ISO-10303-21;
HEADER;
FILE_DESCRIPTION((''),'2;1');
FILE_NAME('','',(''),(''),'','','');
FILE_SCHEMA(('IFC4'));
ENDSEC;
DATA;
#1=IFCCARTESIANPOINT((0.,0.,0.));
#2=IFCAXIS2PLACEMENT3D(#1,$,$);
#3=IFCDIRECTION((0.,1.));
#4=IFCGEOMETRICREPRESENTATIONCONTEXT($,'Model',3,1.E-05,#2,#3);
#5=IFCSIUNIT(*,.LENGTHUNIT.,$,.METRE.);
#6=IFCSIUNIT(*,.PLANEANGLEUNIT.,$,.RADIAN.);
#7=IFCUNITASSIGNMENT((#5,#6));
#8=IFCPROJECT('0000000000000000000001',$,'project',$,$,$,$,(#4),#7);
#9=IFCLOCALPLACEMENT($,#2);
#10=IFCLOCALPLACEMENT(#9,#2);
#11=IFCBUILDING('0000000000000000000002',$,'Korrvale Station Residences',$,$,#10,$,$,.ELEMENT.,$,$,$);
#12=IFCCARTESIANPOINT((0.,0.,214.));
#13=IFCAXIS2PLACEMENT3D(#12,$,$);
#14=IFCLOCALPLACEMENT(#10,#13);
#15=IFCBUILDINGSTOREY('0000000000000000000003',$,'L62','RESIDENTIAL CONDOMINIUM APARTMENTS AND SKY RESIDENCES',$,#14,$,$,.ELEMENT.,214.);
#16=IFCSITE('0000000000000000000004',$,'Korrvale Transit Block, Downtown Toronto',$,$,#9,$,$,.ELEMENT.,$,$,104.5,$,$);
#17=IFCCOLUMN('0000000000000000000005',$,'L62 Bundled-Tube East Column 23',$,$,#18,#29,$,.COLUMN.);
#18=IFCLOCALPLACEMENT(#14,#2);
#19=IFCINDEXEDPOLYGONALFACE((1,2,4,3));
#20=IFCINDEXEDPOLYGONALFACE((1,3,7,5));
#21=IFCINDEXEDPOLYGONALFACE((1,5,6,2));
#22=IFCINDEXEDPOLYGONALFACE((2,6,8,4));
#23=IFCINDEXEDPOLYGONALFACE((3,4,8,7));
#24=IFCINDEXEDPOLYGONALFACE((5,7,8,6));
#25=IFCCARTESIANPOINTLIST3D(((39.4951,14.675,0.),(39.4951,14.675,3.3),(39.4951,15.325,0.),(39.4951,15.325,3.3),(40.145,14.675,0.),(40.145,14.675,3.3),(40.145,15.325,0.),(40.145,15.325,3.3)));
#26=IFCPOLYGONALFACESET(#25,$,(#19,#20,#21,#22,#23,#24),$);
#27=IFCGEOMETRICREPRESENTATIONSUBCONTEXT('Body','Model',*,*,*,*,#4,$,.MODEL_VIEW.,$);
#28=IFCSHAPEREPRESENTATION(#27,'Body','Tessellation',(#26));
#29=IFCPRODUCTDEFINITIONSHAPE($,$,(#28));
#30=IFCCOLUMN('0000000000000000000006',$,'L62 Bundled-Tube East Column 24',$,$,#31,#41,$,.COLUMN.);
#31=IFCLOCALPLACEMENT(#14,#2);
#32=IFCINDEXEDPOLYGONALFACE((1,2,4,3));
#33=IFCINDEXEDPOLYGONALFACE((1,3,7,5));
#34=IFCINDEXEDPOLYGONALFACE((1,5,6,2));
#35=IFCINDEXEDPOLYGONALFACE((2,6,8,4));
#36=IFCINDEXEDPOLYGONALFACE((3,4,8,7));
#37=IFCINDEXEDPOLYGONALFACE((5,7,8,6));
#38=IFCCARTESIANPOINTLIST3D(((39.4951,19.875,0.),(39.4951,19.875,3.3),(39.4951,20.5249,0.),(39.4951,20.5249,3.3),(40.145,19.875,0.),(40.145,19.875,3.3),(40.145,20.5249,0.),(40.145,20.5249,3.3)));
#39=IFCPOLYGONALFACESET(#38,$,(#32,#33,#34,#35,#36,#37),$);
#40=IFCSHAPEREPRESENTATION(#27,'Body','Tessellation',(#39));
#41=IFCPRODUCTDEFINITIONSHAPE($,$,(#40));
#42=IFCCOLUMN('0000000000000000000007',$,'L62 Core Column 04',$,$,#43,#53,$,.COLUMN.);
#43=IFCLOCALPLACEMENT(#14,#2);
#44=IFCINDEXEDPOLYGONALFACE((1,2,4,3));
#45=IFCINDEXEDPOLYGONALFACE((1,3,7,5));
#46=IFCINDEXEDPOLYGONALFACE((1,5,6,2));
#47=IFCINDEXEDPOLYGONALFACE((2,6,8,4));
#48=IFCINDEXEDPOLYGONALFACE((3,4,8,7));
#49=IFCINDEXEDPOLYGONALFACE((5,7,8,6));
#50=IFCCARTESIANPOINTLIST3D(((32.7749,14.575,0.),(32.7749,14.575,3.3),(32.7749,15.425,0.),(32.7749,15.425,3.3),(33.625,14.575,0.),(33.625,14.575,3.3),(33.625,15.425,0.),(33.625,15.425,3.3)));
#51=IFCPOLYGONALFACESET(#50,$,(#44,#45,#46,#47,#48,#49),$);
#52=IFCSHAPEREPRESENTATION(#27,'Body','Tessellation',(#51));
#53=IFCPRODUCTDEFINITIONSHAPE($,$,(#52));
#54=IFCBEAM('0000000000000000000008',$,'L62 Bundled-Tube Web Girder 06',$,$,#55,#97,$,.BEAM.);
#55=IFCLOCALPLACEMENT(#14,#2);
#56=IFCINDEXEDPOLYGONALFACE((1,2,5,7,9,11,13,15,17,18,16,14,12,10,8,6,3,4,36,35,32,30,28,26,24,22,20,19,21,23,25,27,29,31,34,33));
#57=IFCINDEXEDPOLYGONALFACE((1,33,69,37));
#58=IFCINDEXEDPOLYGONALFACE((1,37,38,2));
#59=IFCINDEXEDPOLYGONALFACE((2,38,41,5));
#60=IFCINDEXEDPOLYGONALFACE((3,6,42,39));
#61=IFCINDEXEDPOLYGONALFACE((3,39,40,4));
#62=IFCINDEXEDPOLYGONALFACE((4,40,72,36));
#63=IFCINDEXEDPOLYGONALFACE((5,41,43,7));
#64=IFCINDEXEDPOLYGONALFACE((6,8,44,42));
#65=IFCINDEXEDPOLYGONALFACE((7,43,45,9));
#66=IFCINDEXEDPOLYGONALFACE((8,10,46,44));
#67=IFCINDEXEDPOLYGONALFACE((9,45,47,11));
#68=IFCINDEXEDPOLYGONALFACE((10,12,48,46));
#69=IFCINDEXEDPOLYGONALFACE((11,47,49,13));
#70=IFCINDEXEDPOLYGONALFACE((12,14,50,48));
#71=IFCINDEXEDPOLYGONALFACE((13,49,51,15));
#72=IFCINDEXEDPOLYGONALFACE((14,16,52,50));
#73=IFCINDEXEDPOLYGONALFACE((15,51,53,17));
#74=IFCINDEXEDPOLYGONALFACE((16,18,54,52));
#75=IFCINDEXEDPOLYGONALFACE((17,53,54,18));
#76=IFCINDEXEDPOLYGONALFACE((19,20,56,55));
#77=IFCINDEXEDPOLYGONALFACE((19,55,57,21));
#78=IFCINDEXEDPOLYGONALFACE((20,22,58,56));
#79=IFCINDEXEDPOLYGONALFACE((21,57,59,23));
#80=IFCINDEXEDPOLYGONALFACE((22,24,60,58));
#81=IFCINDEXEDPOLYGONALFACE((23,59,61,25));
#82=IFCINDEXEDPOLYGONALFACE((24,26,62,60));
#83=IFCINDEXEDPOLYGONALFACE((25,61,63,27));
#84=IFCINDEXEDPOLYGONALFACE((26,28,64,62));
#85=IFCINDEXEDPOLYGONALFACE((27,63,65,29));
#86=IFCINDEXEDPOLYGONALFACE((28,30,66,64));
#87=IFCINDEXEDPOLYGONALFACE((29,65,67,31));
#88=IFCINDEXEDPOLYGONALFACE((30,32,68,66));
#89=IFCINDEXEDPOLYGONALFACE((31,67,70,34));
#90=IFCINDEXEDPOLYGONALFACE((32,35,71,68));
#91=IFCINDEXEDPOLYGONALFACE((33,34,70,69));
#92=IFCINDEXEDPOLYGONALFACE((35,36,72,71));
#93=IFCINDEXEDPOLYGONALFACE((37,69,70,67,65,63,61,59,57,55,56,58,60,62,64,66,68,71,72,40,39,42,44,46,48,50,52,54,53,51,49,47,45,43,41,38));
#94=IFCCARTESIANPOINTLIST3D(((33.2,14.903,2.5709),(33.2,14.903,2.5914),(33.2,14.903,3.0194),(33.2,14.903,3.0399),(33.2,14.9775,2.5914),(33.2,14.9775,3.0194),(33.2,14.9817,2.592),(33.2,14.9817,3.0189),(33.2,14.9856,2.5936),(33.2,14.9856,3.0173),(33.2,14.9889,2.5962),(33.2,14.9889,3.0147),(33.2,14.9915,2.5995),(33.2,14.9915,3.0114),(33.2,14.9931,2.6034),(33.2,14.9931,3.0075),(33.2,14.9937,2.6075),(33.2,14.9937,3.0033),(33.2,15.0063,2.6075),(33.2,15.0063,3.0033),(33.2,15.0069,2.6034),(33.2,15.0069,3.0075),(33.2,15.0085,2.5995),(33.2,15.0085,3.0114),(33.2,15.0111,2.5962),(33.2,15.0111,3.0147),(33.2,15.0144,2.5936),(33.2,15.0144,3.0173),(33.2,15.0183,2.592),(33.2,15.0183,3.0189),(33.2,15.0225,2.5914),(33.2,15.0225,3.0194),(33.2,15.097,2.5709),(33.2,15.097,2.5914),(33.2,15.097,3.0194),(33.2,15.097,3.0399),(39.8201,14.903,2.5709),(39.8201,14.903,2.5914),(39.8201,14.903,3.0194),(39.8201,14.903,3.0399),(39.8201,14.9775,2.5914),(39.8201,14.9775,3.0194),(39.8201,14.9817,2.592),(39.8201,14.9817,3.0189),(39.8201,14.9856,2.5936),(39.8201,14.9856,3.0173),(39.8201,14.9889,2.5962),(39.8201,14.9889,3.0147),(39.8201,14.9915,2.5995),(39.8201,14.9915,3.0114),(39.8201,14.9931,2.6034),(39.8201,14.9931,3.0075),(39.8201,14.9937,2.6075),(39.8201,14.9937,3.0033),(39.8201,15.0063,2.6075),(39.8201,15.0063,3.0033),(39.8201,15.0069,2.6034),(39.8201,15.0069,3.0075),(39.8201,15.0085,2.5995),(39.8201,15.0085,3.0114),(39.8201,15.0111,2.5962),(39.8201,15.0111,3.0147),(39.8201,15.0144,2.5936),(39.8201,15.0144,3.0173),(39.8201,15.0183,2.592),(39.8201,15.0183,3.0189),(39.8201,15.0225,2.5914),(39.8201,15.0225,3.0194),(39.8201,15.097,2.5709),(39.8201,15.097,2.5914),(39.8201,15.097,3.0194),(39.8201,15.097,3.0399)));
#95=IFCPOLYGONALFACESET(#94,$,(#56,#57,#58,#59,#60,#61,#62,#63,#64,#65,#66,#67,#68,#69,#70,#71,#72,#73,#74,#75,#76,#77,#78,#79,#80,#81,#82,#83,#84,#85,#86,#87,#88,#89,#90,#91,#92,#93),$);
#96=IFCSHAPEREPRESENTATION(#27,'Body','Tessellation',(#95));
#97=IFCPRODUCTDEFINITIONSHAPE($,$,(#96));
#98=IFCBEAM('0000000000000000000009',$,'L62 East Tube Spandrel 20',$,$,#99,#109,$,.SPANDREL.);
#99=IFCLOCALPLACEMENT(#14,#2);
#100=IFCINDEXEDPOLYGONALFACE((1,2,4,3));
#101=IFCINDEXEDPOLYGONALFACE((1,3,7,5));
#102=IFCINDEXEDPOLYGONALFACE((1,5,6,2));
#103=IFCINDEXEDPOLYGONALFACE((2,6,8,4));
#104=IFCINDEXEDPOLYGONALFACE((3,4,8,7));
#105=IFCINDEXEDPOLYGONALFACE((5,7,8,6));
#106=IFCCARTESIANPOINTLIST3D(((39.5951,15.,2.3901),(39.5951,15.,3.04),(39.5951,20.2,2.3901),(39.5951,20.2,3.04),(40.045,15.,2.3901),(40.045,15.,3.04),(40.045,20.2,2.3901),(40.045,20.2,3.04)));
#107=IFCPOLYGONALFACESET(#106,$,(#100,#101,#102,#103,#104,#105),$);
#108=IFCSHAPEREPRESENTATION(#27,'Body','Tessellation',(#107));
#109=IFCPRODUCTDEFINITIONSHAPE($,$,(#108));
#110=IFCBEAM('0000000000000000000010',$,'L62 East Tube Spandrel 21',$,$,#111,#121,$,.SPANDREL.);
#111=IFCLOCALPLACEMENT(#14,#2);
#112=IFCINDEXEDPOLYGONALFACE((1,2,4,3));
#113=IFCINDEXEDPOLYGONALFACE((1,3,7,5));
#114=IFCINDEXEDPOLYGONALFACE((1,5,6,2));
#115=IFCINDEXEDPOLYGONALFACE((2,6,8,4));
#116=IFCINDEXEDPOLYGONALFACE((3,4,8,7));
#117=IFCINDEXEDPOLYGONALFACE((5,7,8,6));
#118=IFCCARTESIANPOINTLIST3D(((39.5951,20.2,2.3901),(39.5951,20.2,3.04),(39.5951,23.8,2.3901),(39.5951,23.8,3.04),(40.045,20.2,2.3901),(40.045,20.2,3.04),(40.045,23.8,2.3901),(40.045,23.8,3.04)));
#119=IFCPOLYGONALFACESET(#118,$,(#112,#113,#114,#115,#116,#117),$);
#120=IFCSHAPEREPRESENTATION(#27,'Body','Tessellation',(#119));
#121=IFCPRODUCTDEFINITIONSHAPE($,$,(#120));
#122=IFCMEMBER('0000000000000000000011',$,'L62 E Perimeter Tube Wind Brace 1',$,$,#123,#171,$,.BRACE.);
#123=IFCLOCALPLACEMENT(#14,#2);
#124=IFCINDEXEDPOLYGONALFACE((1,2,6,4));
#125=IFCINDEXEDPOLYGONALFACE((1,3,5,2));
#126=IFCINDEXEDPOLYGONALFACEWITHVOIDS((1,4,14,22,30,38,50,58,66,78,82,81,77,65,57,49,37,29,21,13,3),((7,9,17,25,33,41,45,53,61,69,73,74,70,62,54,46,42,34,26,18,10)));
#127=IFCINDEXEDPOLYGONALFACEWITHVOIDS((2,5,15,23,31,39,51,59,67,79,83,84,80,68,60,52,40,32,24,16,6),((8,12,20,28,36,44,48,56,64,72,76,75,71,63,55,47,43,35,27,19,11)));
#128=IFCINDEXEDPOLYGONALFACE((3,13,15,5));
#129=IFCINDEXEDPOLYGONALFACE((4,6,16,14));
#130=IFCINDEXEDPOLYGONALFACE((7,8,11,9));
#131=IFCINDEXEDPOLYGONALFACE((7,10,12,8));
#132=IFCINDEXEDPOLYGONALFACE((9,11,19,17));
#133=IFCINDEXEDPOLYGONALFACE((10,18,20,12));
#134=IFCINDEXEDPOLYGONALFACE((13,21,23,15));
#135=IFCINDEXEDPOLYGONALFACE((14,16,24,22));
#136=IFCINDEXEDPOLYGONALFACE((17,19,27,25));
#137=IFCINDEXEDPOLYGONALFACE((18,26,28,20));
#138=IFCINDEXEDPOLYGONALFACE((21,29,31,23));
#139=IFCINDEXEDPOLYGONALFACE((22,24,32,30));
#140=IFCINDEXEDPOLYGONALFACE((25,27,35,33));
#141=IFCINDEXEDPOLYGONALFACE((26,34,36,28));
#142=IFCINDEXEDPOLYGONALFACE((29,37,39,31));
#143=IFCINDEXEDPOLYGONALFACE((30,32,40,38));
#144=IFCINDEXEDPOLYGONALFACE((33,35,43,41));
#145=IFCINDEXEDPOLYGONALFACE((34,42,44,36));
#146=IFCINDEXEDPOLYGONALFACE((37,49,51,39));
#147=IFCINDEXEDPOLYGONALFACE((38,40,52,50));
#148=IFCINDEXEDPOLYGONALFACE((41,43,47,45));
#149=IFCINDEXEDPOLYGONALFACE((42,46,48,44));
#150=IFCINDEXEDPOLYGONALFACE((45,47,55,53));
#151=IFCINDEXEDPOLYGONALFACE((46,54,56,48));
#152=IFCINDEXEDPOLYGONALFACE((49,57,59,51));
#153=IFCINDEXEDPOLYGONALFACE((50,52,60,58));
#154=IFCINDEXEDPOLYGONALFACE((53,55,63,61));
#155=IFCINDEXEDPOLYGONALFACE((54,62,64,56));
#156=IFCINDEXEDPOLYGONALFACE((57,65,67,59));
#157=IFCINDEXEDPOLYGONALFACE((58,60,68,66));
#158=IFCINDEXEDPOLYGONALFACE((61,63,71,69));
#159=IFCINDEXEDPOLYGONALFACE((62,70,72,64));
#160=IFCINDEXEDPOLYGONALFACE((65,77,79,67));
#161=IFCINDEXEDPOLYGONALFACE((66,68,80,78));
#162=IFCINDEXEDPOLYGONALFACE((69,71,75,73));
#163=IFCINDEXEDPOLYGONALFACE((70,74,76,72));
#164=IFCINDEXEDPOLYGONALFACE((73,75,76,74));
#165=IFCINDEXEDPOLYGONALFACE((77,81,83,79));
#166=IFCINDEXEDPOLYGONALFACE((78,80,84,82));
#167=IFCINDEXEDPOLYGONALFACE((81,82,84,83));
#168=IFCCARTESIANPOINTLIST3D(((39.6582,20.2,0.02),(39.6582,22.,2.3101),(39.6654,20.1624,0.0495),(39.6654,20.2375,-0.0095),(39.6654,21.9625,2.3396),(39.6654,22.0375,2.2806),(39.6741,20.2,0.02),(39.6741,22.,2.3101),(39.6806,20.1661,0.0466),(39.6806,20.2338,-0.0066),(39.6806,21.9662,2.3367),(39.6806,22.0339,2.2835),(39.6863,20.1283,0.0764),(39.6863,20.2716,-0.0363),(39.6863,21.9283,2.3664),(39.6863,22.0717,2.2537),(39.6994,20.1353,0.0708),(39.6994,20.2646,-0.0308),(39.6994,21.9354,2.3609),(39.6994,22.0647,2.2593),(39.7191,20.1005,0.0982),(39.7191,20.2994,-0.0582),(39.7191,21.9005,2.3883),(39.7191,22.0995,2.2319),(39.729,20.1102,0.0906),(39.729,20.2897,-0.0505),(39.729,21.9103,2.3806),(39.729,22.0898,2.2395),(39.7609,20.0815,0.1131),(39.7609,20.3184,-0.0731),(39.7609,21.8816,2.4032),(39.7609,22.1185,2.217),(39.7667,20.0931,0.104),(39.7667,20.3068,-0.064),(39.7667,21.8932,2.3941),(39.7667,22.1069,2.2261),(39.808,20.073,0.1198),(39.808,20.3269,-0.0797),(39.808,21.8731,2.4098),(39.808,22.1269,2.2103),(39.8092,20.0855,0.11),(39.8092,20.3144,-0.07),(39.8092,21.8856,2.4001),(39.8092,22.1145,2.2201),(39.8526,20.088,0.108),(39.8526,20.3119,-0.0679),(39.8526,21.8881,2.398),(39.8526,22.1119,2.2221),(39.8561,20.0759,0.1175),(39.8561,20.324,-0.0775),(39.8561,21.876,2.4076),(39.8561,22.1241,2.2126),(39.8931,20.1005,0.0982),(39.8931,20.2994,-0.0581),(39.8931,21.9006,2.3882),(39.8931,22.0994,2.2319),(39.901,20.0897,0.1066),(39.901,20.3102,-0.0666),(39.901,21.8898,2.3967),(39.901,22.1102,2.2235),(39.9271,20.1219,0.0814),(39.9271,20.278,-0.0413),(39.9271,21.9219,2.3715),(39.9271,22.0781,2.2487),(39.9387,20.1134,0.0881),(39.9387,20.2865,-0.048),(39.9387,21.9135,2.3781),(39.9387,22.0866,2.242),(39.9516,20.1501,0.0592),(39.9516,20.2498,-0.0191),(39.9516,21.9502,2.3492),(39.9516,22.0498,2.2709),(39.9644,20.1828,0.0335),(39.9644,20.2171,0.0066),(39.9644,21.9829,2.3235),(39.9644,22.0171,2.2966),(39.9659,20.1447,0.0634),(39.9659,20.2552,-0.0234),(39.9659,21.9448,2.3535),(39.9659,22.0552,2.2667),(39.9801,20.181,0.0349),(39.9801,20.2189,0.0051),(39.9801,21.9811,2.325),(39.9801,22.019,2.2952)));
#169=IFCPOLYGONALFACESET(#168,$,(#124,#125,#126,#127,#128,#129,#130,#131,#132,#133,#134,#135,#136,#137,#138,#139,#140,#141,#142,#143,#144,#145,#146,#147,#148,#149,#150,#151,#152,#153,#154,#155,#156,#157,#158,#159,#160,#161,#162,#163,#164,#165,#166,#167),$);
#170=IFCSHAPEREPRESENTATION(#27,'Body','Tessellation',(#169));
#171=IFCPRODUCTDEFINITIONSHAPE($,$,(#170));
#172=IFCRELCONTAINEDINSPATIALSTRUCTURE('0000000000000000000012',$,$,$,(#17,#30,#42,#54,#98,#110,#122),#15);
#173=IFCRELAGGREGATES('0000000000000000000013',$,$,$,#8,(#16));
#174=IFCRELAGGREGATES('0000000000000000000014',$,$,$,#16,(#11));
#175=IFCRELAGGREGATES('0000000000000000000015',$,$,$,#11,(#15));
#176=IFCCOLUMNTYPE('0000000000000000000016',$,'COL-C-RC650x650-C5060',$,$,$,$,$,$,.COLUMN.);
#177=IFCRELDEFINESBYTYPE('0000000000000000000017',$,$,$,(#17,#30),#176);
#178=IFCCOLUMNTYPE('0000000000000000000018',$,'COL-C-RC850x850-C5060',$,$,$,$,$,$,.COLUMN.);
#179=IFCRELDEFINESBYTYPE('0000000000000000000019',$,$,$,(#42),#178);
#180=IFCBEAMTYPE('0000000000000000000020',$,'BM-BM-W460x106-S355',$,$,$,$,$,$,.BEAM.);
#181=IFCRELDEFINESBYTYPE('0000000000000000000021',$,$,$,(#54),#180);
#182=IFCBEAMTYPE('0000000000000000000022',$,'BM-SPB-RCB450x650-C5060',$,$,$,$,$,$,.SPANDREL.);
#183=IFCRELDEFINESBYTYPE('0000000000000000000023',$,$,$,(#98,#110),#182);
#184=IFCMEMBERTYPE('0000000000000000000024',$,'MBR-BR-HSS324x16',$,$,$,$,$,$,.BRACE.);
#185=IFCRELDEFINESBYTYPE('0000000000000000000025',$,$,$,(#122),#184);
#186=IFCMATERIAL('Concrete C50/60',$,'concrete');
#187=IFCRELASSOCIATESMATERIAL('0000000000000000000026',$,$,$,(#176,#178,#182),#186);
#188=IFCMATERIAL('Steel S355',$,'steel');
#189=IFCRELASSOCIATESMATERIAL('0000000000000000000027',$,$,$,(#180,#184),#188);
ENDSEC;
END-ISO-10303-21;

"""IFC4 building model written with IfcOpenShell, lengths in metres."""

from ifc_helpers import new_model, si_unit, direction, frame, origin, origin_2d, place, context, subcontext, project, spatial, rectangle, hollow_circle, i_section, extrude, material, material_profile, profile_set, type_object, element, save


model = new_model("IFC4")

# Units and contexts
model_context = context("Model", 3, precision=1e-05, world=origin(), true_north=direction((0.0, 1.0)))
body_context = subcontext(model_context, "Body", "Model", "MODEL_VIEW")
ifc_project = project(units=[si_unit("LENGTHUNIT", "METRE"), si_unit("PLANEANGLEUNIT", "RADIAN")], contexts=[model_context])

# Site, building, storey
site_placement = place(None, origin())
site = spatial("IfcSite", under=ifc_project, at=site_placement, Name="Korrvale Transit Block, Downtown Toronto", CompositionType="ELEMENT", RefElevation=104.5)
building_placement = place(site_placement, origin())
building = spatial("IfcBuilding", under=site, at=building_placement, Name="Korrvale Station Residences", CompositionType="ELEMENT")
storey_placement = place(building_placement, frame((0.0, 0.0, 214.0)))
storey = spatial("IfcBuildingStorey", under=building, at=storey_placement, Name="L62", Description="RESIDENTIAL CONDOMINIUM APARTMENTS AND SKY RESIDENCES", CompositionType="ELEMENT", Elevation=214.0)

# Columns
ifc_material_1 = material(Name="Concrete C50/60", Category="concrete")
ifc_material_profile_1 = material_profile(ifc_material_1, rectangle(XDim=0.6499, YDim=0.6499, at=origin_2d()), Name="RC650x650")
ifc_profile_set_1 = profile_set([ifc_material_profile_1], Name="Concrete C50/60")
column_type_1 = type_object("IfcColumnType", Name="COL-C-RC650x650-C5060", PredefinedType="COLUMN", material=ifc_profile_set_1)
for number, where, z_axis, x_axis, name in (
    (1, (39.8201, 15.0, 0.0), (0.0, 0.0, 1.0), (1.0, 0.0, 0.0), "L62 Bundled-Tube East Column 23"),
    (2, (39.8201, 20.2, 0.0), (0.0, 0.0, 1.0), (1.0, 0.0, 0.0), "L62 Bundled-Tube East Column 24"),
):
    element("IfcColumn", number, at=place(storey_placement, frame(where, z_axis=z_axis, x_axis=x_axis)), inside=storey, type_object=column_type_1, Name=name, PredefinedType="COLUMN", context=body_context, shape_type="SweptSolid", body=[
        extrude(rectangle(XDim=0.6499, YDim=0.6499, at=origin_2d()), origin(), (0.0, 0.0, 1.0), 3.3),
    ])
ifc_material_profile_2 = material_profile(ifc_material_1, rectangle(XDim=0.8501, YDim=0.8501, at=origin_2d()), Name="RC850x850")
ifc_profile_set_2 = profile_set([ifc_material_profile_2], Name="Concrete C50/60")
column_type_2 = type_object("IfcColumnType", Name="COL-C-RC850x850-C5060", PredefinedType="COLUMN", material=ifc_profile_set_2)
column_placement = place(storey_placement, frame((33.2, 15.0, 0.0), z_axis=(0.0, 0.0, 1.0), x_axis=(1.0, 0.0, 0.0)))
element("IfcColumn", 3, at=column_placement, inside=storey, type_object=column_type_2, Name="L62 Core Column 04", PredefinedType="COLUMN", context=body_context, shape_type="SweptSolid", body=[
    extrude(rectangle(XDim=0.8501, YDim=0.8501, at=origin_2d()), origin(), (0.0, 0.0, 1.0), 3.3),
])

# Beams
ifc_material_2 = material(Name="Steel S355", Category="steel")
ifc_material_profile_3 = material_profile(ifc_material_2, i_section(OverallWidth=0.1941, OverallDepth=0.469, WebThickness=0.0127, FlangeThickness=0.0205, FilletRadius=0.0161, at=origin_2d()), Name="W460x106")
ifc_profile_set_3 = profile_set([ifc_material_profile_3], Name="Steel S355")
beam_type_1 = type_object("IfcBeamType", Name="BM-BM-W460x106-S355", PredefinedType="BEAM", material=ifc_profile_set_3)
beam_1_placement = place(storey_placement, frame((33.2, 15.0, 2.8054), z_axis=(1.0, 0.0, 0.0), x_axis=(0.0, 1.0, 0.0)))
element("IfcBeam", 4, at=beam_1_placement, inside=storey, type_object=beam_type_1, Name="L62 Bundled-Tube Web Girder 06", PredefinedType="BEAM", context=body_context, shape_type="SweptSolid", body=[
    extrude(i_section(OverallWidth=0.1941, OverallDepth=0.469, WebThickness=0.0127, FlangeThickness=0.0205, FilletRadius=0.0161, at=origin_2d()), origin(), (0.0, 0.0, 1.0), 6.6201),
])
ifc_material_profile_4 = material_profile(ifc_material_1, rectangle(XDim=0.45, YDim=0.6499, at=origin_2d()), Name="RCB450x650")
ifc_profile_set_4 = profile_set([ifc_material_profile_4], Name="Concrete C50/60")
beam_type_2 = type_object("IfcBeamType", Name="BM-SPB-RCB450x650-C5060", PredefinedType="SPANDREL", material=ifc_profile_set_4)
beam_2_placement = place(storey_placement, frame((39.8201, 15.0, 2.7151), z_axis=(0.0, 1.0, 0.0), x_axis=(-1.0, 0.0, 0.0)))
element("IfcBeam", 5, at=beam_2_placement, inside=storey, type_object=beam_type_2, Name="L62 East Tube Spandrel 20", PredefinedType="SPANDREL", context=body_context, shape_type="SweptSolid", body=[
    extrude(rectangle(XDim=0.45, YDim=0.6499, at=origin_2d()), origin(), (0.0, 0.0, 1.0), 5.2),
])
beam_3_placement = place(storey_placement, frame((39.8201, 20.2, 2.7151), z_axis=(0.0, 1.0, 0.0), x_axis=(-1.0, 0.0, 0.0)))
element("IfcBeam", 6, at=beam_3_placement, inside=storey, type_object=beam_type_2, Name="L62 East Tube Spandrel 21", PredefinedType="SPANDREL", context=body_context, shape_type="SweptSolid", body=[
    extrude(rectangle(XDim=0.45, YDim=0.6499, at=origin_2d()), origin(), (0.0, 0.0, 1.0), 3.6001),
])

# Member
ifc_material_profile_5 = material_profile(ifc_material_2, hollow_circle(Radius=0.1619, WallThickness=0.0159, at=origin_2d()), Name="HSS324x16")
ifc_profile_set_5 = profile_set([ifc_material_profile_5], Name="Steel S355")
member_type = type_object("IfcMemberType", Name="MBR-BR-HSS324x16", PredefinedType="BRACE", material=ifc_profile_set_5)
member_placement = place(storey_placement, frame((39.8201, 20.2, 0.02), z_axis=(0.0, 0.617977, 0.786196), x_axis=(-1.0, 0.0, 0.0)))
element("IfcMember", 7, at=member_placement, inside=storey, type_object=member_type, Name="L62 E Perimeter Tube Wind Brace 1", PredefinedType="BRACE", context=body_context, shape_type="SweptSolid", body=[
    extrude(hollow_circle(Radius=0.1619, WallThickness=0.0159, at=origin_2d()), origin(), (0.0, 0.0, 1.0), 2.9128),
])

save(model, "model.ifc")
